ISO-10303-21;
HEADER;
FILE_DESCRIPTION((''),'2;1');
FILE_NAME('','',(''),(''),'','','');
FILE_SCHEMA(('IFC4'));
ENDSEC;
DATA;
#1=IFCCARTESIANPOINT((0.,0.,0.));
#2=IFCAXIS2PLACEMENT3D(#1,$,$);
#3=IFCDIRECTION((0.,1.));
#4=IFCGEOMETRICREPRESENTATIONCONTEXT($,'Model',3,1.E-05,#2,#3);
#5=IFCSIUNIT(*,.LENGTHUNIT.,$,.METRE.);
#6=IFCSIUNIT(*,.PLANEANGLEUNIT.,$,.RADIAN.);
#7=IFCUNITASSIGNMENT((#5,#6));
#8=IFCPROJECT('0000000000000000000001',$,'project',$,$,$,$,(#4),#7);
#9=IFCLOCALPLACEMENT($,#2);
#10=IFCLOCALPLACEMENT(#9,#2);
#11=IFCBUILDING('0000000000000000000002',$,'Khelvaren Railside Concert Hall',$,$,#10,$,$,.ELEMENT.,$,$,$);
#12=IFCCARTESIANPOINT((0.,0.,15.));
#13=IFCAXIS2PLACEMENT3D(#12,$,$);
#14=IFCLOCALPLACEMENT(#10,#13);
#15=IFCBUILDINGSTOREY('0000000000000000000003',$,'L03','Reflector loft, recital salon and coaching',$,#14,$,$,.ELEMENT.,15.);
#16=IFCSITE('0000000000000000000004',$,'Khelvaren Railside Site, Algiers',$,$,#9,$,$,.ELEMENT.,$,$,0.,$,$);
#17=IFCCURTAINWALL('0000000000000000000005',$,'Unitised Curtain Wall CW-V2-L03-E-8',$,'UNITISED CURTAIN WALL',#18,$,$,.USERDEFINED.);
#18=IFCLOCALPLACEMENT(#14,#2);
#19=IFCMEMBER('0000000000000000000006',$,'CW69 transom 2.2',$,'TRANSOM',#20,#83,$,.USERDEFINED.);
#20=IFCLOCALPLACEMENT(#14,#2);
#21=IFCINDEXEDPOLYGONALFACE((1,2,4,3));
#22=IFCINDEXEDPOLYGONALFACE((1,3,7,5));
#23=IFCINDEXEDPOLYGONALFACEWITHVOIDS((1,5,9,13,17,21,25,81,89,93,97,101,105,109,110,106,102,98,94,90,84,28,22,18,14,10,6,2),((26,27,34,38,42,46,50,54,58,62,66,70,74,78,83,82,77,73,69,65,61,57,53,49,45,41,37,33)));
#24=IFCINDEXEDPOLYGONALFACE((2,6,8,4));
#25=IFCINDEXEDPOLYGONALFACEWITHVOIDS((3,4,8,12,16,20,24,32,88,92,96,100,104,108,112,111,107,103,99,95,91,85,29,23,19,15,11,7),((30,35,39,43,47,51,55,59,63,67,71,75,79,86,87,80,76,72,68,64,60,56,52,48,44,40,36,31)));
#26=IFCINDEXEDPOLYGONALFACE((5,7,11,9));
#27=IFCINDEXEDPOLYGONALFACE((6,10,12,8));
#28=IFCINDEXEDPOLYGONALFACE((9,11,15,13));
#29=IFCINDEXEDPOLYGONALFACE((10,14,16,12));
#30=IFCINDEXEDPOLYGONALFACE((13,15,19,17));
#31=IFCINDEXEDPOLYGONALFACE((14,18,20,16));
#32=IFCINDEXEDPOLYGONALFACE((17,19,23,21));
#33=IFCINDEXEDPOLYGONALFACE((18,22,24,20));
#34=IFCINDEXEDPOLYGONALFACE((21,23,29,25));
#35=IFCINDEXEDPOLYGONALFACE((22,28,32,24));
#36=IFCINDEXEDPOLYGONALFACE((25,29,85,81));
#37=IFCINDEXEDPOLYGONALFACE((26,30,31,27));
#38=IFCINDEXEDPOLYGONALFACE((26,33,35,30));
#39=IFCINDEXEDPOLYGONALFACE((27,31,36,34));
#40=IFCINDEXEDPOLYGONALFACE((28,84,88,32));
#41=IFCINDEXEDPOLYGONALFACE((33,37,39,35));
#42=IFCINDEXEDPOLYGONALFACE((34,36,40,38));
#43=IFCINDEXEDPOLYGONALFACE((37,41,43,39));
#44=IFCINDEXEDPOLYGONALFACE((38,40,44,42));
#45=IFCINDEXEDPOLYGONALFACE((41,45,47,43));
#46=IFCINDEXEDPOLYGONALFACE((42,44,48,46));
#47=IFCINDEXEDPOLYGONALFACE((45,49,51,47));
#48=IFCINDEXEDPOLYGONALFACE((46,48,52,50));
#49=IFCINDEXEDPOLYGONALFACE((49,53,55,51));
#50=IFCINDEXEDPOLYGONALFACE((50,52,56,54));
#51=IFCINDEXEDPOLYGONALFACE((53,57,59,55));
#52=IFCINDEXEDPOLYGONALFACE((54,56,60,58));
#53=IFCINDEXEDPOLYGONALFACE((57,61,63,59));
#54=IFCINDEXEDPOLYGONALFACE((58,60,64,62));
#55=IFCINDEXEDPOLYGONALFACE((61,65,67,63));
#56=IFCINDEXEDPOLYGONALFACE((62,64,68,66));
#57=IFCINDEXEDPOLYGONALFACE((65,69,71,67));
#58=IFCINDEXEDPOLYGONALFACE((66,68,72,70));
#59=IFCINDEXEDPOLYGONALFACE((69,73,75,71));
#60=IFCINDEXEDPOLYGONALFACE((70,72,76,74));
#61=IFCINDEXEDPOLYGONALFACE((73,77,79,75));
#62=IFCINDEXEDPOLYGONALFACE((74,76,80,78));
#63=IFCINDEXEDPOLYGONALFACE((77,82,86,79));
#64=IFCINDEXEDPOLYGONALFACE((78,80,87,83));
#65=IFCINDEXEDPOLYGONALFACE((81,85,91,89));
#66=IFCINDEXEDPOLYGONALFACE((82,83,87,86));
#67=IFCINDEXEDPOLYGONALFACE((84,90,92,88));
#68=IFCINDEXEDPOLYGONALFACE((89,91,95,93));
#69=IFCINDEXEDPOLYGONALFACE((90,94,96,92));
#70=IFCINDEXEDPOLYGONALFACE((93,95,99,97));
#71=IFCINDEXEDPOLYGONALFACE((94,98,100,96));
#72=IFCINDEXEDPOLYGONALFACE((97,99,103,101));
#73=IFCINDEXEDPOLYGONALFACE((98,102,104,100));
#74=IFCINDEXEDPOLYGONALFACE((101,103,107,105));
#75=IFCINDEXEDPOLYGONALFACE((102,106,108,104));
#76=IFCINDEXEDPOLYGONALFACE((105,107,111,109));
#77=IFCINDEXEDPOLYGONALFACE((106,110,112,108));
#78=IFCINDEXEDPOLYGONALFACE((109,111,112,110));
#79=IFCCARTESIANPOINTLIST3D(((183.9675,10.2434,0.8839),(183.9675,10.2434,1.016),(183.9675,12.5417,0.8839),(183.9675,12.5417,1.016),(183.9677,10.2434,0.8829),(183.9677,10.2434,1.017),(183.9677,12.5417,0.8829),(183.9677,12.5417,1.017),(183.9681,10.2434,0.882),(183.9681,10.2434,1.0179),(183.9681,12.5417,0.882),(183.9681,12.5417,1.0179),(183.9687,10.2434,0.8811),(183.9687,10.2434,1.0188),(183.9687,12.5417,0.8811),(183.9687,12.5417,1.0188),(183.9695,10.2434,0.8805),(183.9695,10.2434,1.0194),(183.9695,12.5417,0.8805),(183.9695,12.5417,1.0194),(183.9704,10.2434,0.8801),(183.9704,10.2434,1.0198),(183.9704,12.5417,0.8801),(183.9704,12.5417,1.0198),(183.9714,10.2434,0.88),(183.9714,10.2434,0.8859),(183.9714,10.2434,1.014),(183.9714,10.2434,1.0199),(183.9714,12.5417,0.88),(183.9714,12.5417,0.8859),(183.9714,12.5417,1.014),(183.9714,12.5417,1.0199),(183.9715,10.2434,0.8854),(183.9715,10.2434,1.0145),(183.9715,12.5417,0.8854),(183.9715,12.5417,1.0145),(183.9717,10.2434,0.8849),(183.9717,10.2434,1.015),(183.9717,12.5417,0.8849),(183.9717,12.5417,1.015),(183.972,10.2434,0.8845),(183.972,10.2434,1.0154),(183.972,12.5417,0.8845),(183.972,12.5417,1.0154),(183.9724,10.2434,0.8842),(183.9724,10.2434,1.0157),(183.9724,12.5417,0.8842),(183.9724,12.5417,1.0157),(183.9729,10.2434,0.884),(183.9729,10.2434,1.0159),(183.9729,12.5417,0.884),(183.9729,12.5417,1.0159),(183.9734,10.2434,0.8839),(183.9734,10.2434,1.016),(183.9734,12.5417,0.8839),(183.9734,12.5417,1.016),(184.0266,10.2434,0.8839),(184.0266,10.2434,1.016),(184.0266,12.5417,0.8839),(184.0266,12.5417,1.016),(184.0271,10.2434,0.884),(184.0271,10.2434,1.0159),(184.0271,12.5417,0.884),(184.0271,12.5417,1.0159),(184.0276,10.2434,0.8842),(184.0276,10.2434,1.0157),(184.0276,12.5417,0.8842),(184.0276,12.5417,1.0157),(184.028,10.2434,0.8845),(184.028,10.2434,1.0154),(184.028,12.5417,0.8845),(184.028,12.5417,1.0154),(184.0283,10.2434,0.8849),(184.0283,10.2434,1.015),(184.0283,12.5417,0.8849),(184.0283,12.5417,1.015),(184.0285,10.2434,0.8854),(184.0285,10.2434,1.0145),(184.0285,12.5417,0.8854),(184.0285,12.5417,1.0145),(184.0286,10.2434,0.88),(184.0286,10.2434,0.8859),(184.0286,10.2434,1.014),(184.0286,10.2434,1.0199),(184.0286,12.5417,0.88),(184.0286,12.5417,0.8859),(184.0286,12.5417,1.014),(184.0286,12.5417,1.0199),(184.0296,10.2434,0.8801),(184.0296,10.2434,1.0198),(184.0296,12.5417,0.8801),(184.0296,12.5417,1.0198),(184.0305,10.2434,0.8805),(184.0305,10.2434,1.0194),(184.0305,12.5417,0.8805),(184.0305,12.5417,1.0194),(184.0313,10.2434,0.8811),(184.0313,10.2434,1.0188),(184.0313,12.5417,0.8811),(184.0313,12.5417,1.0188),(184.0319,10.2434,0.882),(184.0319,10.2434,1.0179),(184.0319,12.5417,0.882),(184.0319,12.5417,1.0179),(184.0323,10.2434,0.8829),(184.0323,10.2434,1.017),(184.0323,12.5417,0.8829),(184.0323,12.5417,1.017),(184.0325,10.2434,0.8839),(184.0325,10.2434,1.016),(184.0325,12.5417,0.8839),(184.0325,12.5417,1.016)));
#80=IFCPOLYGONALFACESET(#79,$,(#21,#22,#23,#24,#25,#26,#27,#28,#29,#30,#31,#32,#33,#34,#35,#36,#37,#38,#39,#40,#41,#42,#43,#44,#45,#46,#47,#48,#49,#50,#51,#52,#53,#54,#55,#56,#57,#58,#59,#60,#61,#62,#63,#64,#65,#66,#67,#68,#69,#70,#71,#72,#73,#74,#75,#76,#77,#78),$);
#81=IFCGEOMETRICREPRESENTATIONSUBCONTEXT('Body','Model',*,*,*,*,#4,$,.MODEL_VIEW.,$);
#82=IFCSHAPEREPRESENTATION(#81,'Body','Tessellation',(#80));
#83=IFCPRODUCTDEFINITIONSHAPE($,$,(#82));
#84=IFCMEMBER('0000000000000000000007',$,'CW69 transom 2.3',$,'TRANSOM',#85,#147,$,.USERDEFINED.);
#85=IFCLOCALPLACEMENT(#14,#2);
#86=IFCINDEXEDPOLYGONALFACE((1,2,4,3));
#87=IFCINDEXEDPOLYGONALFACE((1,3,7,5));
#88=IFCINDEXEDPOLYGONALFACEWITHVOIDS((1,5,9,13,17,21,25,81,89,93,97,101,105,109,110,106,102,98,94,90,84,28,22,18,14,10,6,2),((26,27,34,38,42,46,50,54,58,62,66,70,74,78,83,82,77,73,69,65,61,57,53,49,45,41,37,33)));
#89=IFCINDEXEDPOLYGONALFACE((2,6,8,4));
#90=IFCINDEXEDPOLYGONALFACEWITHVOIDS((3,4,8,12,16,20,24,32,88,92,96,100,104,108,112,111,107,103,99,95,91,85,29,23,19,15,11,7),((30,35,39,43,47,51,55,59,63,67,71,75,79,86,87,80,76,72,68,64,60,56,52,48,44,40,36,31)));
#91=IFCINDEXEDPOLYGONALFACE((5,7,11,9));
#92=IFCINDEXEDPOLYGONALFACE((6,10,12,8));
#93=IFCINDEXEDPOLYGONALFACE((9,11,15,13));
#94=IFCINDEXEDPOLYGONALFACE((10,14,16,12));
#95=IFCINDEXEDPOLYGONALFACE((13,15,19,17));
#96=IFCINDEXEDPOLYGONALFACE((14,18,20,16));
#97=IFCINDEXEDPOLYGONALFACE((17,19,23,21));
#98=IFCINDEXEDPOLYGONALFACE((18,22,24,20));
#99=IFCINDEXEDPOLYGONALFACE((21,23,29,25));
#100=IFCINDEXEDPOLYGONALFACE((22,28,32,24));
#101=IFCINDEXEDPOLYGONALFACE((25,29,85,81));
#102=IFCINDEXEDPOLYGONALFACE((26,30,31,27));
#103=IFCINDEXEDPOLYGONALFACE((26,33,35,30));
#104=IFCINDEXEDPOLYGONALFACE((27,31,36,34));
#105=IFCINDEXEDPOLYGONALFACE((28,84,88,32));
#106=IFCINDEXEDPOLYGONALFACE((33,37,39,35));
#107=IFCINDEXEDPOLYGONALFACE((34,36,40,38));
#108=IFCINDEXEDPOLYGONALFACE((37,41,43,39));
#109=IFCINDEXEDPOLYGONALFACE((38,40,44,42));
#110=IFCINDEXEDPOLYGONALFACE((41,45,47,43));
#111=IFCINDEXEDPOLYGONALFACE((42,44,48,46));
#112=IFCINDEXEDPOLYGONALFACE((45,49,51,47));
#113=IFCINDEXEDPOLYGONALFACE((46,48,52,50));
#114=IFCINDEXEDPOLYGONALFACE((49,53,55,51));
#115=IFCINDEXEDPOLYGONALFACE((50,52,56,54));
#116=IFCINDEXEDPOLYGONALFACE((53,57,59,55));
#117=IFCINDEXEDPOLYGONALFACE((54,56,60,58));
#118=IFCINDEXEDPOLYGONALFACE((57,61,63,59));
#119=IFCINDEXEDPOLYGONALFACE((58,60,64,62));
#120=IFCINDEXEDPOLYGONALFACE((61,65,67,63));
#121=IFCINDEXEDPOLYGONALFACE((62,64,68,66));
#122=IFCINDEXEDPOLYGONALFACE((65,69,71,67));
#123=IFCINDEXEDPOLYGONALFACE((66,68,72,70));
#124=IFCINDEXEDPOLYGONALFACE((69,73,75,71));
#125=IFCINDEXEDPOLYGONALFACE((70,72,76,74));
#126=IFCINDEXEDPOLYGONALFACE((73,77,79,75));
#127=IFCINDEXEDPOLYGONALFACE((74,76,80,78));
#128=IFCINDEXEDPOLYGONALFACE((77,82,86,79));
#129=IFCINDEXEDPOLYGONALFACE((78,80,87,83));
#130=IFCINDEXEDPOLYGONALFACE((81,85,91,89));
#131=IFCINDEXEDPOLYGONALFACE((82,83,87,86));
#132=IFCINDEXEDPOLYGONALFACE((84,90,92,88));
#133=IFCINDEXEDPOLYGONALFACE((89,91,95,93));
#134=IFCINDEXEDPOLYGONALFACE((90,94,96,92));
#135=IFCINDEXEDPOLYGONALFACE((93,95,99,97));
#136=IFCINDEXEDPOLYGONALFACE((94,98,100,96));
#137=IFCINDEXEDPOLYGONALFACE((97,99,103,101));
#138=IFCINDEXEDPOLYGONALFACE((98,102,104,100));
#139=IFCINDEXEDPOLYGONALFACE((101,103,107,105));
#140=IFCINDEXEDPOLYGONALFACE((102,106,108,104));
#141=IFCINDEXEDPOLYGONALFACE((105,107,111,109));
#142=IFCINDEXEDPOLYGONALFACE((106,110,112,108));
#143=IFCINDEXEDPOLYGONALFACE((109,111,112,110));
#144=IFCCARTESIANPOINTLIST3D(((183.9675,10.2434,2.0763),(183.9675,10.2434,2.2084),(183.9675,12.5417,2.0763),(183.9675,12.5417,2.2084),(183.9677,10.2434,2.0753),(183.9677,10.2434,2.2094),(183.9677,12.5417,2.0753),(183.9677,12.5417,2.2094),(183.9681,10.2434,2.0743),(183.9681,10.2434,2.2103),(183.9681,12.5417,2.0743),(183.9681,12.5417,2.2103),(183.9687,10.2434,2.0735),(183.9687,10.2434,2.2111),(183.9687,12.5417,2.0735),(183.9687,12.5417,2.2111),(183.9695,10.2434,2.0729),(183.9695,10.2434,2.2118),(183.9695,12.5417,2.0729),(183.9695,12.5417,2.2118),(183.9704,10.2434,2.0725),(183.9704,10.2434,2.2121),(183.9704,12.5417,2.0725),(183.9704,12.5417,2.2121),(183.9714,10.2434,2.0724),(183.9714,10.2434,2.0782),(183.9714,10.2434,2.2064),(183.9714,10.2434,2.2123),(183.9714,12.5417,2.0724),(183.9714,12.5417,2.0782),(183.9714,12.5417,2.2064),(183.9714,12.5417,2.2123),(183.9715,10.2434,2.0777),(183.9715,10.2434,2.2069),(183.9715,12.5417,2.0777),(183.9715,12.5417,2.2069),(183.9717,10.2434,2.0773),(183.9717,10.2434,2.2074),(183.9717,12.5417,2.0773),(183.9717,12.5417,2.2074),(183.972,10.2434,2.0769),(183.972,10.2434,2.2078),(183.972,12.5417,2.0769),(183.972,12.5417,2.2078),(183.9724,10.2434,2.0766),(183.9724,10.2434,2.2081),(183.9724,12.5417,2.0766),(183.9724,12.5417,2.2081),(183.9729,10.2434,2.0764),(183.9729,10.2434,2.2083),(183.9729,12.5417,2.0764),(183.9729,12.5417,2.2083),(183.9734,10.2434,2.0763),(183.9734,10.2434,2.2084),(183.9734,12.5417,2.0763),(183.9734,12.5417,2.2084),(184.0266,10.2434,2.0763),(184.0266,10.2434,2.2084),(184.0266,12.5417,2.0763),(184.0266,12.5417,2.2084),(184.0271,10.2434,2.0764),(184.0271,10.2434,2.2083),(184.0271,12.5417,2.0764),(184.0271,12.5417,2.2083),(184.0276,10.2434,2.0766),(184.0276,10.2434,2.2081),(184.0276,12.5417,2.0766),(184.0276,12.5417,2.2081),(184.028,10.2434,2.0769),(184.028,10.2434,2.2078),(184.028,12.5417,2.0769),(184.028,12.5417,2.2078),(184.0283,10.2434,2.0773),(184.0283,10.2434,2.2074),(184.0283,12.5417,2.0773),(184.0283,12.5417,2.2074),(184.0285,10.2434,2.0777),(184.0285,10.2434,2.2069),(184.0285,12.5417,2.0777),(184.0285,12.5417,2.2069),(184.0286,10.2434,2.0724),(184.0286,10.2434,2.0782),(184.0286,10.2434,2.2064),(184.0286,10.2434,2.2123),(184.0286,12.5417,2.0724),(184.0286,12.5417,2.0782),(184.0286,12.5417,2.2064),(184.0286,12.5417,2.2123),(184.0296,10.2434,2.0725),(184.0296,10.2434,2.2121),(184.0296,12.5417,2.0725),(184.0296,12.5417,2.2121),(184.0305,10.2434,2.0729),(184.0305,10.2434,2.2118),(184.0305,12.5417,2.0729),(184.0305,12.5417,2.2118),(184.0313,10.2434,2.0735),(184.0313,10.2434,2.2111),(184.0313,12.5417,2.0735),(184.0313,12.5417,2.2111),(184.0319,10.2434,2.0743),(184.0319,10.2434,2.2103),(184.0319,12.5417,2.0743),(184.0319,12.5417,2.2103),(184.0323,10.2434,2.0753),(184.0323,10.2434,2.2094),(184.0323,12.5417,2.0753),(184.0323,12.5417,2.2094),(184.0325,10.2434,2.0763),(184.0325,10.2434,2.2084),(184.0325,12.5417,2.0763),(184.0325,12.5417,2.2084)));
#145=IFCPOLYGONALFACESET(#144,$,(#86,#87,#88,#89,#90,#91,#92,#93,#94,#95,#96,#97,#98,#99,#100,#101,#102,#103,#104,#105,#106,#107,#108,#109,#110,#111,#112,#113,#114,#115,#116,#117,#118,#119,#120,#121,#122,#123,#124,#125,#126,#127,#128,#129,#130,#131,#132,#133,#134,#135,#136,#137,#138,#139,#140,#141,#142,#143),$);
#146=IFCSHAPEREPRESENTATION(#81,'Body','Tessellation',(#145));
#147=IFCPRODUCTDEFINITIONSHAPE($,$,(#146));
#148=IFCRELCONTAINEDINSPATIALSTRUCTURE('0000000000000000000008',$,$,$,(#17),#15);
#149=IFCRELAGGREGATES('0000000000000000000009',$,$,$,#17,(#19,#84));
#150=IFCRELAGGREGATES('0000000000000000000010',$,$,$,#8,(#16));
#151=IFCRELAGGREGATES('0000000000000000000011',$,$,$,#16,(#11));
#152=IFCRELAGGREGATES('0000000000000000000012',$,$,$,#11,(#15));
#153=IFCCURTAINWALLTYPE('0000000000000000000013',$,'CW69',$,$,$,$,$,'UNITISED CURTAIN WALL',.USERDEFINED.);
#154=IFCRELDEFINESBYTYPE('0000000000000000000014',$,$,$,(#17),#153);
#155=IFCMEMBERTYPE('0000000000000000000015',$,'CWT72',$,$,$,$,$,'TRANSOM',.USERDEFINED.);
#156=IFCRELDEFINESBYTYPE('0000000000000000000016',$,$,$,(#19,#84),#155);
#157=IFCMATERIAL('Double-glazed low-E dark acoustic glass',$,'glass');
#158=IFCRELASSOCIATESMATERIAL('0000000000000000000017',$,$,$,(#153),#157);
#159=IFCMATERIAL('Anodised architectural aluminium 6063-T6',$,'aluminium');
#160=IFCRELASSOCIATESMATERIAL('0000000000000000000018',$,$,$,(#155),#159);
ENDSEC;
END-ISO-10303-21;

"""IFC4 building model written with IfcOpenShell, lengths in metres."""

from ifc_helpers import new_model, si_unit, direction, frame, origin, origin_2d, place, context, subcontext, project, spatial, hollow_rectangle, extrude, material, material_profile, profile_set, type_object, element, aggregate, save


model = new_model("IFC4")

# Units and contexts
model_context = context("Model", 3, precision=1e-05, world=origin(), true_north=direction((0.0, 1.0)))
body_context = subcontext(model_context, "Body", "Model", "MODEL_VIEW")
ifc_project = project(units=[si_unit("LENGTHUNIT", "METRE"), si_unit("PLANEANGLEUNIT", "RADIAN")], contexts=[model_context])

# Site, building, storey
site_placement = place(None, origin())
site = spatial("IfcSite", under=ifc_project, at=site_placement, Name="Khelvaren Railside Site, Algiers", CompositionType="ELEMENT", RefElevation=0.0)
building_placement = place(site_placement, origin())
building = spatial("IfcBuilding", under=site, at=building_placement, Name="Khelvaren Railside Concert Hall", CompositionType="ELEMENT")
storey_placement = place(building_placement, frame((0.0, 0.0, 15.0)))
storey = spatial("IfcBuildingStorey", under=building, at=storey_placement, Name="L03", Description="Reflector loft, recital salon and coaching", CompositionType="ELEMENT", Elevation=15.0)

# Curtain wall
ifc_material_1 = material(Name="Double-glazed low-E dark acoustic glass", Category="glass")
ifc_material_2 = material(Name="Anodised architectural aluminium 6063-T6", Category="aluminium")
curtain_wall_type_1 = type_object("IfcCurtainWallType", Name="CW69", ElementType="UNITISED CURTAIN WALL", PredefinedType="USERDEFINED", material=ifc_material_1)
curtain_wall_1_placement = place(storey_placement, origin())
curtain_wall_1 = element("IfcCurtainWall", 1, at=curtain_wall_1_placement, inside=storey, type_object=curtain_wall_type_1, Name="Unitised Curtain Wall CW-V2-L03-E-8", ObjectType="UNITISED CURTAIN WALL", PredefinedType="USERDEFINED")

# Members
ifc_material_profile_1 = material_profile(ifc_material_2, hollow_rectangle(XDim=0.0649, YDim=0.1399, WallThickness=0.0039, InnerFilletRadius=0.002, OuterFilletRadius=0.0039, at=origin_2d()), Name="CWT 65x140x4")
ifc_profile_set_1 = profile_set([ifc_material_profile_1], Name="Anodised architectural aluminium 6063-T6")
member_type_1 = type_object("IfcMemberType", Name="CWT72", ElementType="TRANSOM", PredefinedType="USERDEFINED", material=ifc_profile_set_1)
member_1_placement = place(storey_placement, frame((184.0, 12.5417, 0.95), z_axis=(0.0, -1.0, 0.0), x_axis=(1.0, 0.0, 0.0)))
member_1 = element("IfcMember", 2, at=member_1_placement, type_object=member_type_1, Name="CW69 transom 2.2", ObjectType="TRANSOM", PredefinedType="USERDEFINED", context=body_context, shape_type="SweptSolid", body=[
    extrude(hollow_rectangle(XDim=0.0649, YDim=0.1399, WallThickness=0.0039, InnerFilletRadius=0.002, OuterFilletRadius=0.0039, at=origin_2d()), origin(), (0.0, 0.0, 1.0), 2.2983),
])
member_2_placement = place(storey_placement, frame((184.0, 12.5417, 2.1423), z_axis=(0.0, -1.0, 0.0), x_axis=(1.0, 0.0, 0.0)))
member_2 = element("IfcMember", 3, at=member_2_placement, type_object=member_type_1, Name="CW69 transom 2.3", ObjectType="TRANSOM", PredefinedType="USERDEFINED", context=body_context, shape_type="SweptSolid", body=[
    extrude(hollow_rectangle(XDim=0.0649, YDim=0.1399, WallThickness=0.0039, InnerFilletRadius=0.002, OuterFilletRadius=0.0039, at=origin_2d()), origin(), (0.0, 0.0, 1.0), 2.2983),
])

aggregate(curtain_wall_1, [member_1, member_2])

save(model, "model.ifc")
